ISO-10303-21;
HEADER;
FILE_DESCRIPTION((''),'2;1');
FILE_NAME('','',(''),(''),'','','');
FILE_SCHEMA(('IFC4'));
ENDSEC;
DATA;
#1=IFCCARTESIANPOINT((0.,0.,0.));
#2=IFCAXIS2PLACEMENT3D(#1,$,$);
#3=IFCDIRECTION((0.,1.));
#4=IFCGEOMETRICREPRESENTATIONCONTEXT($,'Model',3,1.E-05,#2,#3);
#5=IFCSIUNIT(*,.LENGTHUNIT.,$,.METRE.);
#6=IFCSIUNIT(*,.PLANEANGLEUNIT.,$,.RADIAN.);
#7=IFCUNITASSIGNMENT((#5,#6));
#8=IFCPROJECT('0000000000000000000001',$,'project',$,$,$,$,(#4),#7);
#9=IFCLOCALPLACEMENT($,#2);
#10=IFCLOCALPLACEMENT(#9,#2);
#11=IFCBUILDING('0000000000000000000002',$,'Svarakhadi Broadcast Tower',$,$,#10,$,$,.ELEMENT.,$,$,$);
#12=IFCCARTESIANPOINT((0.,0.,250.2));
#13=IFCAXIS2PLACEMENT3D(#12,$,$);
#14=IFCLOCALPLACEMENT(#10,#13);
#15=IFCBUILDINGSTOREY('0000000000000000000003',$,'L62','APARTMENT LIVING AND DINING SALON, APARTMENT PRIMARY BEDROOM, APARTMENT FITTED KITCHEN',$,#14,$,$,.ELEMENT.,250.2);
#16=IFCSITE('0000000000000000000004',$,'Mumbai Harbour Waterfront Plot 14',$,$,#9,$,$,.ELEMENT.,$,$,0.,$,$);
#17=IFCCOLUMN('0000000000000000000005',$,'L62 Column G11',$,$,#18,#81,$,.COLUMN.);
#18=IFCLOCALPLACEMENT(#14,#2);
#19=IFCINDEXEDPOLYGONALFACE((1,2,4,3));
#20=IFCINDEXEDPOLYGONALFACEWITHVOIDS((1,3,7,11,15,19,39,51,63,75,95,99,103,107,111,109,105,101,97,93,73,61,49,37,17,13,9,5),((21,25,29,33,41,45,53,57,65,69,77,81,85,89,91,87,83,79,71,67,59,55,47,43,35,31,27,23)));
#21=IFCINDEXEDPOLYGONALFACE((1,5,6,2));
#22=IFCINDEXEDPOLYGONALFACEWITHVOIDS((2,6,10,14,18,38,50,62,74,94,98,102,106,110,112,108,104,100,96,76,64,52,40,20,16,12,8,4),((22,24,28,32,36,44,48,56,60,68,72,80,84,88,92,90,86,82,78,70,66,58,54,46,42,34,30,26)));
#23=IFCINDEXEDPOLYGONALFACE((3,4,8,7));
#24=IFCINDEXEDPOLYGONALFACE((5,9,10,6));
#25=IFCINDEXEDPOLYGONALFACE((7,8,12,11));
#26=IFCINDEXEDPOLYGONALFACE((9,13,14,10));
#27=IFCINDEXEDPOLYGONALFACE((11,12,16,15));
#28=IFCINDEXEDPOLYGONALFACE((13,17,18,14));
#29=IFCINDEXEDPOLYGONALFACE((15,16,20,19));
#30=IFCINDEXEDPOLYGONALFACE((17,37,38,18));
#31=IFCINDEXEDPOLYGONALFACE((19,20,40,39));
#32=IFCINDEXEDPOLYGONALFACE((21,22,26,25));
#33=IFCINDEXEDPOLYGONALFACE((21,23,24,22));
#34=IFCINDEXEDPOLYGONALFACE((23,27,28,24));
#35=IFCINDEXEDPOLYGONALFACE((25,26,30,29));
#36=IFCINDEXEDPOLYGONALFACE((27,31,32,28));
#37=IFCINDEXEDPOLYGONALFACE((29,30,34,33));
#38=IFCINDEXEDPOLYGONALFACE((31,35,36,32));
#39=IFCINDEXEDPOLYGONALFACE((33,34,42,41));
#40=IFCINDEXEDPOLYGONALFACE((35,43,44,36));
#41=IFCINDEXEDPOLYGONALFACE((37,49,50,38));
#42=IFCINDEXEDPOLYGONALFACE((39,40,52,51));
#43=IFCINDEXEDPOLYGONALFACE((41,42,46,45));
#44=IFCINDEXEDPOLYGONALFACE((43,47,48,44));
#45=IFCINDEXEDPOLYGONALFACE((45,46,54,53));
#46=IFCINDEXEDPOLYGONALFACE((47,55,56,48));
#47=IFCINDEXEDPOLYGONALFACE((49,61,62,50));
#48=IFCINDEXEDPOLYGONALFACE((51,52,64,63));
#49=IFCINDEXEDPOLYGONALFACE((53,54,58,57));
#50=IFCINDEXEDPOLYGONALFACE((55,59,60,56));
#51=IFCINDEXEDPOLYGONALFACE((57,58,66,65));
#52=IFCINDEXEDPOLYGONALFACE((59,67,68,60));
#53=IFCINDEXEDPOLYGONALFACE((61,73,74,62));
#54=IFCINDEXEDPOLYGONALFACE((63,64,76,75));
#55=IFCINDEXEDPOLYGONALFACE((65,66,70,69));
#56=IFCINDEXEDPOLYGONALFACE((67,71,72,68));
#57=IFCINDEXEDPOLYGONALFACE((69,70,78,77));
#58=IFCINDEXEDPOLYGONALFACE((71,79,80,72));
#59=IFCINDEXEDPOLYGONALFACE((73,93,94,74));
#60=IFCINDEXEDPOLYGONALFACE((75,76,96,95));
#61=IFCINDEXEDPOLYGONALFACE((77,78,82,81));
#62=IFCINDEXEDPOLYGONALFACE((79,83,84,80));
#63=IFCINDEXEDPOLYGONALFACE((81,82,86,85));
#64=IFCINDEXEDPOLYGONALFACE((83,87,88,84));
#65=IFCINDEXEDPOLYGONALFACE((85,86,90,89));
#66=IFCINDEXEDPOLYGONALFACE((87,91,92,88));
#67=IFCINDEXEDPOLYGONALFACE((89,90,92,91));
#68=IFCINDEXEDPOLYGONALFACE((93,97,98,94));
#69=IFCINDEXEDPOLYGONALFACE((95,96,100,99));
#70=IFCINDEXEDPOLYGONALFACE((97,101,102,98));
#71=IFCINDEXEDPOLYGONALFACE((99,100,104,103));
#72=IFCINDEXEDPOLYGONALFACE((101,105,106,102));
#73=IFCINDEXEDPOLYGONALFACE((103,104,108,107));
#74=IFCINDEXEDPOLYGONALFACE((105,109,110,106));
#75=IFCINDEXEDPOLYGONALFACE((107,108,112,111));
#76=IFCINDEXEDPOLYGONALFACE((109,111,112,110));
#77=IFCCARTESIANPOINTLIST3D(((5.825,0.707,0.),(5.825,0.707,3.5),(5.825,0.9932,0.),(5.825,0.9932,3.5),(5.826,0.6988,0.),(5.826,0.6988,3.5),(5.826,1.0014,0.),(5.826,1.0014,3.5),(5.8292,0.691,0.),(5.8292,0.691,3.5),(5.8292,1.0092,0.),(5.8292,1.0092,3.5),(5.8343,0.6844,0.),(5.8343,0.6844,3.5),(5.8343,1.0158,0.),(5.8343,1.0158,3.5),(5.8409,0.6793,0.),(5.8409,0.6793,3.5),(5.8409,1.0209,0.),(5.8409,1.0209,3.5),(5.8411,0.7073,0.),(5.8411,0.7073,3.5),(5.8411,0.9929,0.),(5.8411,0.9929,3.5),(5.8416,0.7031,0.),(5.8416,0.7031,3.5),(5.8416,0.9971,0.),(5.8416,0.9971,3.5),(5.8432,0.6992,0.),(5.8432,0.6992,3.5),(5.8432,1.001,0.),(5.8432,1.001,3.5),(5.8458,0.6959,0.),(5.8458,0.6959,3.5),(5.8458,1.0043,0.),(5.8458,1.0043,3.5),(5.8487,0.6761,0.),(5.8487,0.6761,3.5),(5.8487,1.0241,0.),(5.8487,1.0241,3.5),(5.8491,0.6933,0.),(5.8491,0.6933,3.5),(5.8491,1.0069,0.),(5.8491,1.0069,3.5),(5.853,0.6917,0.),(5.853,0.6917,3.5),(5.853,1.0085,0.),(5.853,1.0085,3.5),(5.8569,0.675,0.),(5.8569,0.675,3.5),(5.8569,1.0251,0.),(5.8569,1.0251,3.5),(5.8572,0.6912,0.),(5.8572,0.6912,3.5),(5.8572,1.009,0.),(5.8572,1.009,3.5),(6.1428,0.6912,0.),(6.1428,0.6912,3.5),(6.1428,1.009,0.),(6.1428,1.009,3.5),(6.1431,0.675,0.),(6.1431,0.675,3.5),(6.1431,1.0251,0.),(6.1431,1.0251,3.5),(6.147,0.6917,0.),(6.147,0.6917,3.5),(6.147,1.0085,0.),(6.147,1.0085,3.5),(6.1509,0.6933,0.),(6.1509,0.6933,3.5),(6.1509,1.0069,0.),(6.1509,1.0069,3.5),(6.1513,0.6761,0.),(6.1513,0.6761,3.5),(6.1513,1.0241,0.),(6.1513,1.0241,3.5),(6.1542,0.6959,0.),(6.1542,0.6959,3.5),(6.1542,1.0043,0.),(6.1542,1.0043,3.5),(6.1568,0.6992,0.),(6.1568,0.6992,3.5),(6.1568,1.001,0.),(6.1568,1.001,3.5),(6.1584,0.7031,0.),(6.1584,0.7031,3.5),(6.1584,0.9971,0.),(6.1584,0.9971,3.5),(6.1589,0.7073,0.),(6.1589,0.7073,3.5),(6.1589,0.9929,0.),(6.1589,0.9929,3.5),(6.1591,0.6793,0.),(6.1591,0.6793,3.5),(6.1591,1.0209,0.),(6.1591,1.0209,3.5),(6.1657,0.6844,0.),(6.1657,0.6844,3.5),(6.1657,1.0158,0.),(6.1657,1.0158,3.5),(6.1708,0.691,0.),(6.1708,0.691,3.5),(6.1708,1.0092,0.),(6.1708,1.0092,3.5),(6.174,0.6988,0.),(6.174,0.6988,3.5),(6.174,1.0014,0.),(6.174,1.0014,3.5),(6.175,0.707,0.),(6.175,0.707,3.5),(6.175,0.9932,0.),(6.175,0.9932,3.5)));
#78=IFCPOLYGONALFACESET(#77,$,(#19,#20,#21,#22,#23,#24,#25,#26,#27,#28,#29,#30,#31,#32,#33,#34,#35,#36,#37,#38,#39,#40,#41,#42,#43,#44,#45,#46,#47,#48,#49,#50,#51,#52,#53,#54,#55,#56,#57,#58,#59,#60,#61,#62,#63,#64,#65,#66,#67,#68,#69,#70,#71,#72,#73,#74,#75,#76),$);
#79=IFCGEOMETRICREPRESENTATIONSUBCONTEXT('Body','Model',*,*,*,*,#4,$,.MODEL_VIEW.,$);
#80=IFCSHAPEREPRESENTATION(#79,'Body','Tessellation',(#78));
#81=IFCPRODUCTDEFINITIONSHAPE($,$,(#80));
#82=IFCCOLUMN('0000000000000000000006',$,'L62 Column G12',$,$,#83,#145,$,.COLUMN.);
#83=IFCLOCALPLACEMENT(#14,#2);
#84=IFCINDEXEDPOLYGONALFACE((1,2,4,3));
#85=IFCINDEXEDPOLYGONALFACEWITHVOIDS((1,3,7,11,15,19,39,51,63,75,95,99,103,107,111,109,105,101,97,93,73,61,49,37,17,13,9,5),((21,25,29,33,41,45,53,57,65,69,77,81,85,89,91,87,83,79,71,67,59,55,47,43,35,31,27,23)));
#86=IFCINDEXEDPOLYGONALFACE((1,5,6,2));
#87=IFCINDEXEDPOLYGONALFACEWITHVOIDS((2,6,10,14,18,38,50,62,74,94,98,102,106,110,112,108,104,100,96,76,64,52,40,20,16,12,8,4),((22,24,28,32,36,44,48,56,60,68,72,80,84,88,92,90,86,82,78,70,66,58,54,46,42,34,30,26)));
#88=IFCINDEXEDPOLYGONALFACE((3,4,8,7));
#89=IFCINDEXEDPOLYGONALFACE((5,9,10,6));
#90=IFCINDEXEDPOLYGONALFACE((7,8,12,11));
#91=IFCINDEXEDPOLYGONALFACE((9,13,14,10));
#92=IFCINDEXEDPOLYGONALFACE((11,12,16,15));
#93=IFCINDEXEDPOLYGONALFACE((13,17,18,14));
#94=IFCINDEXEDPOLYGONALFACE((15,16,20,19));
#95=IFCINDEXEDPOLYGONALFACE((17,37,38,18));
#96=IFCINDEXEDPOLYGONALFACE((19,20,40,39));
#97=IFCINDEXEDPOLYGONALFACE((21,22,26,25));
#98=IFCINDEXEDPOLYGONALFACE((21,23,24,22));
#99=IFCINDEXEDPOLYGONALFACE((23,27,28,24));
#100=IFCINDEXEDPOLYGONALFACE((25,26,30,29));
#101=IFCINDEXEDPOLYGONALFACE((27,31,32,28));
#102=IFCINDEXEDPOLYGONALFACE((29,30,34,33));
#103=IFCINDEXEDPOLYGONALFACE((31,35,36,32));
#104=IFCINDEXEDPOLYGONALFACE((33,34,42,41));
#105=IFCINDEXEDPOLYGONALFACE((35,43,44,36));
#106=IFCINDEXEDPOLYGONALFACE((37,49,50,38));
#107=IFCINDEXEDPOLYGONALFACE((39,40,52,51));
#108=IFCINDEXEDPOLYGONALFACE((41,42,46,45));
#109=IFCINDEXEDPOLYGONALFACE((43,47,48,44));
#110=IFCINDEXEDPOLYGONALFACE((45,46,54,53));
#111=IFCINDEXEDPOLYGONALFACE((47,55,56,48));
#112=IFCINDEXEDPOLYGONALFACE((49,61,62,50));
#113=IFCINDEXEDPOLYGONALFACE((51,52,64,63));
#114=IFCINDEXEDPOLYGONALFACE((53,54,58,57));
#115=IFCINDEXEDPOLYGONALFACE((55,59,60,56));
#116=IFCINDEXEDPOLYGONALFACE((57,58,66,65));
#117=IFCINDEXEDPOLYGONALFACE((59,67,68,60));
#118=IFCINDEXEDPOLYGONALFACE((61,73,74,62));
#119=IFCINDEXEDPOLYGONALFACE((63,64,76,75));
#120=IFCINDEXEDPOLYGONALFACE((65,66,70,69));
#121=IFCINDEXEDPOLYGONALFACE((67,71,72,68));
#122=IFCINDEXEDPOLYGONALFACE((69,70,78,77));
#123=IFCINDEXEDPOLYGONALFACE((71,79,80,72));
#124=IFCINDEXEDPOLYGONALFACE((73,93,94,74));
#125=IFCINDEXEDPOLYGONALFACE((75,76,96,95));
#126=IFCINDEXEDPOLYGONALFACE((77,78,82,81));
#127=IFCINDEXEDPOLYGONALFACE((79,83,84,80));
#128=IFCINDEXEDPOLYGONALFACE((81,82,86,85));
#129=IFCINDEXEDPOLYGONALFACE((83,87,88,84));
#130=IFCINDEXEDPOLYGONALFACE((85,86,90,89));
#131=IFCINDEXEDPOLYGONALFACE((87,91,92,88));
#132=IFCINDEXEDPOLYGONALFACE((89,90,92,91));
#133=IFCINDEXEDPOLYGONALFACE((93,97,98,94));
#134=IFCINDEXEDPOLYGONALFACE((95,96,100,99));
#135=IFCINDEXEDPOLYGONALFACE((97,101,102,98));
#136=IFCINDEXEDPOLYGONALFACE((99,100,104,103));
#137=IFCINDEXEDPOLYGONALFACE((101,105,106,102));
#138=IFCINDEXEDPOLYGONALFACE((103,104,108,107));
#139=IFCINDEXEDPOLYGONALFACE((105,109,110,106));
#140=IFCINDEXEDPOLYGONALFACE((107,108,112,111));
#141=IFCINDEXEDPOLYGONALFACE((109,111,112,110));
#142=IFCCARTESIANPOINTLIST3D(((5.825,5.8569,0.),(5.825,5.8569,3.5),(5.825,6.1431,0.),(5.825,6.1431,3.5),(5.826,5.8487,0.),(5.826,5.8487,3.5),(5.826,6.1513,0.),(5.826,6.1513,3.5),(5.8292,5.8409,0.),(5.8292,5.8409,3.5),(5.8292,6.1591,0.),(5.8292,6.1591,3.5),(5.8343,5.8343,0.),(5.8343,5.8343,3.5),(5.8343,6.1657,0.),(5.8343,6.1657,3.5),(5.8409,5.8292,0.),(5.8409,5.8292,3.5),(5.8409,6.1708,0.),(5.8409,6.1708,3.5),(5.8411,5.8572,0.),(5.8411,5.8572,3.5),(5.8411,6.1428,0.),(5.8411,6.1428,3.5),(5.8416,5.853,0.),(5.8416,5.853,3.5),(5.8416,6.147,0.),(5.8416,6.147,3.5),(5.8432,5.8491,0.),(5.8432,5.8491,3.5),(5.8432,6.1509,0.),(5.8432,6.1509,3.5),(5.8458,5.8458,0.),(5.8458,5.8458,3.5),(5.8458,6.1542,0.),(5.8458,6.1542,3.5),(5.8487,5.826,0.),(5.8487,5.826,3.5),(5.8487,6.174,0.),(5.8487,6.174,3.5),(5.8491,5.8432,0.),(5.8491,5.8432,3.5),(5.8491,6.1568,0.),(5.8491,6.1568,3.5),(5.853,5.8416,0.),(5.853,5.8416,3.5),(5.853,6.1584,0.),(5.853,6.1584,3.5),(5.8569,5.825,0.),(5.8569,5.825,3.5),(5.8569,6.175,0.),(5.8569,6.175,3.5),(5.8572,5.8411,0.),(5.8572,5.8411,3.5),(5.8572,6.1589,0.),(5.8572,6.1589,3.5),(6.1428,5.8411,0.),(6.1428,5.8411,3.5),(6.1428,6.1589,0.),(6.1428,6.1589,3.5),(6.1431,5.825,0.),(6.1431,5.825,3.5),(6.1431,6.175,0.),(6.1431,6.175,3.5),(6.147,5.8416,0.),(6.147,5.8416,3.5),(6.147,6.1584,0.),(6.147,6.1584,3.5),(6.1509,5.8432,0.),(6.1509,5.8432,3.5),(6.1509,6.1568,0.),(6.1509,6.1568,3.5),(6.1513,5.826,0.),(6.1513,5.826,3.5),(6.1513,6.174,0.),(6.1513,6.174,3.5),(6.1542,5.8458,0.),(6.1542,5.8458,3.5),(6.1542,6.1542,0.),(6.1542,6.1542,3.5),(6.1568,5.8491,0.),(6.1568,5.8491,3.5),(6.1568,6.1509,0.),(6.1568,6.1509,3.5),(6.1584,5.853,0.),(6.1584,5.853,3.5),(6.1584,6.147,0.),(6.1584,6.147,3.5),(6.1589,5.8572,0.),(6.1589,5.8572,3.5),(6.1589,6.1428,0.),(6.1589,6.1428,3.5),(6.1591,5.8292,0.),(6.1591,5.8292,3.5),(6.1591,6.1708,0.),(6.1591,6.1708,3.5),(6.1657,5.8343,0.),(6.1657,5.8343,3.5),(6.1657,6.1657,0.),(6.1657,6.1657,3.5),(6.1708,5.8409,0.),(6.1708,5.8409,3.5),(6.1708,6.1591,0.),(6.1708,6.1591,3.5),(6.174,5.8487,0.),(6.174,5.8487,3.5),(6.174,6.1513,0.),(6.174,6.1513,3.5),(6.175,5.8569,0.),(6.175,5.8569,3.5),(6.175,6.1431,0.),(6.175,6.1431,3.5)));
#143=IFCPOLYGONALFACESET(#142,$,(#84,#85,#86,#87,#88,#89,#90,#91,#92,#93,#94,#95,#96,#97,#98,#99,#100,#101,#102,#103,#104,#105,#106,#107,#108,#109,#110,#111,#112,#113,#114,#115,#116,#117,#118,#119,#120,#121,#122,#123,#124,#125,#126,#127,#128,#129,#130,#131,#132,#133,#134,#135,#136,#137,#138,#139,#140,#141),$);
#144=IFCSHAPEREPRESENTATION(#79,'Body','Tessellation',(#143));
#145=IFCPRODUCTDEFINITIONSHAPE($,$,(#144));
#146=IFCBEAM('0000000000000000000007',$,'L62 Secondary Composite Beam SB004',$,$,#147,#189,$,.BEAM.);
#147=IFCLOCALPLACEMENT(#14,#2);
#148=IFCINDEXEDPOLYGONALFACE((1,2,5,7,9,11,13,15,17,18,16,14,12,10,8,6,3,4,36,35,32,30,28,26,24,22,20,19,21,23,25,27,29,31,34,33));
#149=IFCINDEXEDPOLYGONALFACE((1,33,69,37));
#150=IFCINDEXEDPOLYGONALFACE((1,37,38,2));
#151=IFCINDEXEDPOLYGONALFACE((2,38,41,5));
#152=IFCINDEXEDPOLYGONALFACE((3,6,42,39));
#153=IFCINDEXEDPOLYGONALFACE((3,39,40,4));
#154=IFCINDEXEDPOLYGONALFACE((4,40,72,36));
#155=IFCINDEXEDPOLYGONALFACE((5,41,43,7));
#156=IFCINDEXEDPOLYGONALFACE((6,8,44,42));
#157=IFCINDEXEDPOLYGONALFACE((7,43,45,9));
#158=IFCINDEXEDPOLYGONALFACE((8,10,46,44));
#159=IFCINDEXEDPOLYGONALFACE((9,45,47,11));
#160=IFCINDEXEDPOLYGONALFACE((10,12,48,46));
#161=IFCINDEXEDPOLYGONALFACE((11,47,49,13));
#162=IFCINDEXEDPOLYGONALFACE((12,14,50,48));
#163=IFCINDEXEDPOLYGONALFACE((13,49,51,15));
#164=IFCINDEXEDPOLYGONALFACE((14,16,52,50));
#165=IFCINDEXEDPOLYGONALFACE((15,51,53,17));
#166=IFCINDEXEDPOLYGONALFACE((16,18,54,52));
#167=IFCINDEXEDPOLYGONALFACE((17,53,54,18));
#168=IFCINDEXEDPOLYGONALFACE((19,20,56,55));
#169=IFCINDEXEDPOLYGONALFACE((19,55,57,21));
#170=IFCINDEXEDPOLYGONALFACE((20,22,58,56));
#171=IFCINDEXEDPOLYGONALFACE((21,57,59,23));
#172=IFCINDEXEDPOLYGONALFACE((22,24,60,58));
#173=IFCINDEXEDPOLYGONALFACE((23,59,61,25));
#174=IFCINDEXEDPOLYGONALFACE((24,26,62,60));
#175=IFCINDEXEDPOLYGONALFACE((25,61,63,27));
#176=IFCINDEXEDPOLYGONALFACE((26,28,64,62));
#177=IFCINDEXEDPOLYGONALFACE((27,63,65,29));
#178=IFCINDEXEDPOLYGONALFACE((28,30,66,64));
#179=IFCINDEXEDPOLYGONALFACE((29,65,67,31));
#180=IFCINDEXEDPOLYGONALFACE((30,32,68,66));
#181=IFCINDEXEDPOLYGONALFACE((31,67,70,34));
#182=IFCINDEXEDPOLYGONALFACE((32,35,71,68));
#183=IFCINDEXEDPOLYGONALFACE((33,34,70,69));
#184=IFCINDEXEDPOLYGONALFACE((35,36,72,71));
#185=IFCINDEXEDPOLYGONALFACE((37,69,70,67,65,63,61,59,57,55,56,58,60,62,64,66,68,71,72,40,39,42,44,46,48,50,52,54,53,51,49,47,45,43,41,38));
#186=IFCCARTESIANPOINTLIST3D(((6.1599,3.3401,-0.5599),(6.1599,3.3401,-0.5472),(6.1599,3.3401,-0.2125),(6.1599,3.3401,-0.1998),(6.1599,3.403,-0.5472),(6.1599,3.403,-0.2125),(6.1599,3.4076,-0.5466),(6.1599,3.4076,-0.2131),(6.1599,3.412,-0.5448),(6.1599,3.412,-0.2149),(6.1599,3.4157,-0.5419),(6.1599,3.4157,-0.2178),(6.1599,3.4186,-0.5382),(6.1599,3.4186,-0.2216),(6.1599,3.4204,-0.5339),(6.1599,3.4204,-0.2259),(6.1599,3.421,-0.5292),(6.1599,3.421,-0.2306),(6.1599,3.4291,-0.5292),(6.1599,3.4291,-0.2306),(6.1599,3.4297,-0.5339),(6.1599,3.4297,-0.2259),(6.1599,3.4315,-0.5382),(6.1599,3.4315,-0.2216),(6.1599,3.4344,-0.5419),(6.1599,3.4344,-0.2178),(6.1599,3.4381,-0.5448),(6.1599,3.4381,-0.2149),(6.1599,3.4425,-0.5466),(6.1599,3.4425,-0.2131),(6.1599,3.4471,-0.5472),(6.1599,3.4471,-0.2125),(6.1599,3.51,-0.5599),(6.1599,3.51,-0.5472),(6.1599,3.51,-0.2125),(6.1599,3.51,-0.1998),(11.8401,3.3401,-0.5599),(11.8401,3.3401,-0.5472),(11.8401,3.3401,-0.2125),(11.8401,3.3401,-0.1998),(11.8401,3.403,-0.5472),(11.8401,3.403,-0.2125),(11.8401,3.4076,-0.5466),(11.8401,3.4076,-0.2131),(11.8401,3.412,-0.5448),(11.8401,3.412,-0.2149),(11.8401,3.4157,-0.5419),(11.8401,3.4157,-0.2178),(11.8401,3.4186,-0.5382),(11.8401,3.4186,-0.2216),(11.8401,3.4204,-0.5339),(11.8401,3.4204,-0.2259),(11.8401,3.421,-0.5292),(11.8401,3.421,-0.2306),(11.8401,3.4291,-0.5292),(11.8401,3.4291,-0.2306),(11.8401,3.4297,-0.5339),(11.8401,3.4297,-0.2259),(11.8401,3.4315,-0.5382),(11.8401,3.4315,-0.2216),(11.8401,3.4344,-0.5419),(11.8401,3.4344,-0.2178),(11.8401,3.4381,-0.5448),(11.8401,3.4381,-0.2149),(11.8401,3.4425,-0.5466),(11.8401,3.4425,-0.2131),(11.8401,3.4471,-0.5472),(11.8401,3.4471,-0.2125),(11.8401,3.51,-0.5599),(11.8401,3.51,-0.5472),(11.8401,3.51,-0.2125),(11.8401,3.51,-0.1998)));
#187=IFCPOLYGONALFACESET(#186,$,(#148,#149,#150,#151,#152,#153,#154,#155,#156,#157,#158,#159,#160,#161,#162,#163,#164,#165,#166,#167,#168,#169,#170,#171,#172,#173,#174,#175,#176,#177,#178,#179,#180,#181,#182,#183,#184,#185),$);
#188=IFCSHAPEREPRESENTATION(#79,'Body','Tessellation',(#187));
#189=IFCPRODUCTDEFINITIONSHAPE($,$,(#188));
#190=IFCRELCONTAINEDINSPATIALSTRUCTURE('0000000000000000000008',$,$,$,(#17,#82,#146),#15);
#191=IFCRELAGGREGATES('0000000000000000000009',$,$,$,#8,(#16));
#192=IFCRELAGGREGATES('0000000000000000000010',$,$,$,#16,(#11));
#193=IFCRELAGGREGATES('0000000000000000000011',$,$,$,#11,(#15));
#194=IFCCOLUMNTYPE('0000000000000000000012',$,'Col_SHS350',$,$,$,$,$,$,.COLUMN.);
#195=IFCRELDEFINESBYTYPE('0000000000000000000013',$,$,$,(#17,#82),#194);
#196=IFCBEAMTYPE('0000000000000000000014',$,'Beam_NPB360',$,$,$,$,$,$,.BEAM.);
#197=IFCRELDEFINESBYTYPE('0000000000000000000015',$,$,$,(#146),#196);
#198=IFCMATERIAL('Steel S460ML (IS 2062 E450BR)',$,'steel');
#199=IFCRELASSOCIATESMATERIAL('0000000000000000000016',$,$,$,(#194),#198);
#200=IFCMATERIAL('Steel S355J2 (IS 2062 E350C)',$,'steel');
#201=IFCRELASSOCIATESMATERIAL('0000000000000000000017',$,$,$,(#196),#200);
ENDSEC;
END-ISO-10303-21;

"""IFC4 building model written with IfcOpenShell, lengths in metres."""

from ifc_helpers import new_model, si_unit, direction, frame, origin, origin_2d, place, context, subcontext, project, spatial, hollow_rectangle, i_section, extrude, material, material_profile, profile_set, type_object, element, save


model = new_model("IFC4")

# Units and contexts
model_context = context("Model", 3, precision=1e-05, world=origin(), true_north=direction((0.0, 1.0)))
body_context = subcontext(model_context, "Body", "Model", "MODEL_VIEW")
ifc_project = project(units=[si_unit("LENGTHUNIT", "METRE"), si_unit("PLANEANGLEUNIT", "RADIAN")], contexts=[model_context])

# Site, building, storey
site_placement = place(None, origin())
site = spatial("IfcSite", under=ifc_project, at=site_placement, Name="Mumbai Harbour Waterfront Plot 14", CompositionType="ELEMENT", RefElevation=0.0)
building_placement = place(site_placement, origin())
building = spatial("IfcBuilding", under=site, at=building_placement, Name="Svarakhadi Broadcast Tower", CompositionType="ELEMENT")
storey_placement = place(building_placement, frame((0.0, 0.0, 250.2)))
storey = spatial("IfcBuildingStorey", under=building, at=storey_placement, Name="L62", Description="APARTMENT LIVING AND DINING SALON, APARTMENT PRIMARY BEDROOM, APARTMENT FITTED KITCHEN", CompositionType="ELEMENT", Elevation=250.2)

# Columns
ifc_material_1 = material(Name="Steel S460ML (IS 2062 E450BR)", Category="steel")
ifc_material_profile_1 = material_profile(ifc_material_1, hollow_rectangle(XDim=0.3501, YDim=0.3501, WallThickness=0.0161, InnerFilletRadius=0.0161, OuterFilletRadius=0.032, at=origin_2d()), Name="SHS 350x350x16")
ifc_profile_set_1 = profile_set([ifc_material_profile_1], Name="Steel S460ML (IS 2062 E450BR)")
column_type = type_object("IfcColumnType", Name="Col_SHS350", PredefinedType="COLUMN", material=ifc_profile_set_1)
for number, where, z_axis, x_axis, name in (
    (1, (6.0, 0.8501, 0.0), (0.0, 0.0, 1.0), (1.0, 0.0, 0.0), "L62 Column G11"),
    (2, (6.0, 6.0, 0.0), (0.0, 0.0, 1.0), (1.0, 0.0, 0.0), "L62 Column G12"),
):
    element("IfcColumn", number, at=place(storey_placement, frame(where, z_axis=z_axis, x_axis=x_axis)), inside=storey, type_object=column_type, Name=name, PredefinedType="COLUMN", context=body_context, shape_type="SweptSolid", body=[
        extrude(hollow_rectangle(XDim=0.3501, YDim=0.3501, WallThickness=0.0161, InnerFilletRadius=0.0161, OuterFilletRadius=0.032, at=origin_2d()), origin(), (0.0, 0.0, 1.0), 3.5),
    ])

# Beam
ifc_material_2 = material(Name="Steel S355J2 (IS 2062 E350C)", Category="steel")
ifc_material_profile_2 = material_profile(ifc_material_2, i_section(OverallWidth=0.1699, OverallDepth=0.3601, WebThickness=0.0081, FlangeThickness=0.0127, FilletRadius=0.0181, at=origin_2d()), Name="NPB 360x170x57")
ifc_profile_set_2 = profile_set([ifc_material_profile_2], Name="Steel S355J2 (IS 2062 E350C)")
beam_type_1 = type_object("IfcBeamType", Name="Beam_NPB360", PredefinedType="BEAM", material=ifc_profile_set_2)
for number, where, z_axis, x_axis, name in (
    (3, (6.1599, 3.425, -0.3799), (1.0, 0.0, 0.0), (0.0, 1.0, 0.0), "L62 Secondary Composite Beam SB004"),
):
    element("IfcBeam", number, at=place(storey_placement, frame(where, z_axis=z_axis, x_axis=x_axis)), inside=storey, type_object=beam_type_1, Name=name, PredefinedType="BEAM", context=body_context, shape_type="SweptSolid", body=[
        extrude(i_section(OverallWidth=0.1699, OverallDepth=0.3601, WebThickness=0.0081, FlangeThickness=0.0127, FilletRadius=0.0181, at=origin_2d()), origin(), (0.0, 0.0, 1.0), 5.6802),
    ])

save(model, "model.ifc")
